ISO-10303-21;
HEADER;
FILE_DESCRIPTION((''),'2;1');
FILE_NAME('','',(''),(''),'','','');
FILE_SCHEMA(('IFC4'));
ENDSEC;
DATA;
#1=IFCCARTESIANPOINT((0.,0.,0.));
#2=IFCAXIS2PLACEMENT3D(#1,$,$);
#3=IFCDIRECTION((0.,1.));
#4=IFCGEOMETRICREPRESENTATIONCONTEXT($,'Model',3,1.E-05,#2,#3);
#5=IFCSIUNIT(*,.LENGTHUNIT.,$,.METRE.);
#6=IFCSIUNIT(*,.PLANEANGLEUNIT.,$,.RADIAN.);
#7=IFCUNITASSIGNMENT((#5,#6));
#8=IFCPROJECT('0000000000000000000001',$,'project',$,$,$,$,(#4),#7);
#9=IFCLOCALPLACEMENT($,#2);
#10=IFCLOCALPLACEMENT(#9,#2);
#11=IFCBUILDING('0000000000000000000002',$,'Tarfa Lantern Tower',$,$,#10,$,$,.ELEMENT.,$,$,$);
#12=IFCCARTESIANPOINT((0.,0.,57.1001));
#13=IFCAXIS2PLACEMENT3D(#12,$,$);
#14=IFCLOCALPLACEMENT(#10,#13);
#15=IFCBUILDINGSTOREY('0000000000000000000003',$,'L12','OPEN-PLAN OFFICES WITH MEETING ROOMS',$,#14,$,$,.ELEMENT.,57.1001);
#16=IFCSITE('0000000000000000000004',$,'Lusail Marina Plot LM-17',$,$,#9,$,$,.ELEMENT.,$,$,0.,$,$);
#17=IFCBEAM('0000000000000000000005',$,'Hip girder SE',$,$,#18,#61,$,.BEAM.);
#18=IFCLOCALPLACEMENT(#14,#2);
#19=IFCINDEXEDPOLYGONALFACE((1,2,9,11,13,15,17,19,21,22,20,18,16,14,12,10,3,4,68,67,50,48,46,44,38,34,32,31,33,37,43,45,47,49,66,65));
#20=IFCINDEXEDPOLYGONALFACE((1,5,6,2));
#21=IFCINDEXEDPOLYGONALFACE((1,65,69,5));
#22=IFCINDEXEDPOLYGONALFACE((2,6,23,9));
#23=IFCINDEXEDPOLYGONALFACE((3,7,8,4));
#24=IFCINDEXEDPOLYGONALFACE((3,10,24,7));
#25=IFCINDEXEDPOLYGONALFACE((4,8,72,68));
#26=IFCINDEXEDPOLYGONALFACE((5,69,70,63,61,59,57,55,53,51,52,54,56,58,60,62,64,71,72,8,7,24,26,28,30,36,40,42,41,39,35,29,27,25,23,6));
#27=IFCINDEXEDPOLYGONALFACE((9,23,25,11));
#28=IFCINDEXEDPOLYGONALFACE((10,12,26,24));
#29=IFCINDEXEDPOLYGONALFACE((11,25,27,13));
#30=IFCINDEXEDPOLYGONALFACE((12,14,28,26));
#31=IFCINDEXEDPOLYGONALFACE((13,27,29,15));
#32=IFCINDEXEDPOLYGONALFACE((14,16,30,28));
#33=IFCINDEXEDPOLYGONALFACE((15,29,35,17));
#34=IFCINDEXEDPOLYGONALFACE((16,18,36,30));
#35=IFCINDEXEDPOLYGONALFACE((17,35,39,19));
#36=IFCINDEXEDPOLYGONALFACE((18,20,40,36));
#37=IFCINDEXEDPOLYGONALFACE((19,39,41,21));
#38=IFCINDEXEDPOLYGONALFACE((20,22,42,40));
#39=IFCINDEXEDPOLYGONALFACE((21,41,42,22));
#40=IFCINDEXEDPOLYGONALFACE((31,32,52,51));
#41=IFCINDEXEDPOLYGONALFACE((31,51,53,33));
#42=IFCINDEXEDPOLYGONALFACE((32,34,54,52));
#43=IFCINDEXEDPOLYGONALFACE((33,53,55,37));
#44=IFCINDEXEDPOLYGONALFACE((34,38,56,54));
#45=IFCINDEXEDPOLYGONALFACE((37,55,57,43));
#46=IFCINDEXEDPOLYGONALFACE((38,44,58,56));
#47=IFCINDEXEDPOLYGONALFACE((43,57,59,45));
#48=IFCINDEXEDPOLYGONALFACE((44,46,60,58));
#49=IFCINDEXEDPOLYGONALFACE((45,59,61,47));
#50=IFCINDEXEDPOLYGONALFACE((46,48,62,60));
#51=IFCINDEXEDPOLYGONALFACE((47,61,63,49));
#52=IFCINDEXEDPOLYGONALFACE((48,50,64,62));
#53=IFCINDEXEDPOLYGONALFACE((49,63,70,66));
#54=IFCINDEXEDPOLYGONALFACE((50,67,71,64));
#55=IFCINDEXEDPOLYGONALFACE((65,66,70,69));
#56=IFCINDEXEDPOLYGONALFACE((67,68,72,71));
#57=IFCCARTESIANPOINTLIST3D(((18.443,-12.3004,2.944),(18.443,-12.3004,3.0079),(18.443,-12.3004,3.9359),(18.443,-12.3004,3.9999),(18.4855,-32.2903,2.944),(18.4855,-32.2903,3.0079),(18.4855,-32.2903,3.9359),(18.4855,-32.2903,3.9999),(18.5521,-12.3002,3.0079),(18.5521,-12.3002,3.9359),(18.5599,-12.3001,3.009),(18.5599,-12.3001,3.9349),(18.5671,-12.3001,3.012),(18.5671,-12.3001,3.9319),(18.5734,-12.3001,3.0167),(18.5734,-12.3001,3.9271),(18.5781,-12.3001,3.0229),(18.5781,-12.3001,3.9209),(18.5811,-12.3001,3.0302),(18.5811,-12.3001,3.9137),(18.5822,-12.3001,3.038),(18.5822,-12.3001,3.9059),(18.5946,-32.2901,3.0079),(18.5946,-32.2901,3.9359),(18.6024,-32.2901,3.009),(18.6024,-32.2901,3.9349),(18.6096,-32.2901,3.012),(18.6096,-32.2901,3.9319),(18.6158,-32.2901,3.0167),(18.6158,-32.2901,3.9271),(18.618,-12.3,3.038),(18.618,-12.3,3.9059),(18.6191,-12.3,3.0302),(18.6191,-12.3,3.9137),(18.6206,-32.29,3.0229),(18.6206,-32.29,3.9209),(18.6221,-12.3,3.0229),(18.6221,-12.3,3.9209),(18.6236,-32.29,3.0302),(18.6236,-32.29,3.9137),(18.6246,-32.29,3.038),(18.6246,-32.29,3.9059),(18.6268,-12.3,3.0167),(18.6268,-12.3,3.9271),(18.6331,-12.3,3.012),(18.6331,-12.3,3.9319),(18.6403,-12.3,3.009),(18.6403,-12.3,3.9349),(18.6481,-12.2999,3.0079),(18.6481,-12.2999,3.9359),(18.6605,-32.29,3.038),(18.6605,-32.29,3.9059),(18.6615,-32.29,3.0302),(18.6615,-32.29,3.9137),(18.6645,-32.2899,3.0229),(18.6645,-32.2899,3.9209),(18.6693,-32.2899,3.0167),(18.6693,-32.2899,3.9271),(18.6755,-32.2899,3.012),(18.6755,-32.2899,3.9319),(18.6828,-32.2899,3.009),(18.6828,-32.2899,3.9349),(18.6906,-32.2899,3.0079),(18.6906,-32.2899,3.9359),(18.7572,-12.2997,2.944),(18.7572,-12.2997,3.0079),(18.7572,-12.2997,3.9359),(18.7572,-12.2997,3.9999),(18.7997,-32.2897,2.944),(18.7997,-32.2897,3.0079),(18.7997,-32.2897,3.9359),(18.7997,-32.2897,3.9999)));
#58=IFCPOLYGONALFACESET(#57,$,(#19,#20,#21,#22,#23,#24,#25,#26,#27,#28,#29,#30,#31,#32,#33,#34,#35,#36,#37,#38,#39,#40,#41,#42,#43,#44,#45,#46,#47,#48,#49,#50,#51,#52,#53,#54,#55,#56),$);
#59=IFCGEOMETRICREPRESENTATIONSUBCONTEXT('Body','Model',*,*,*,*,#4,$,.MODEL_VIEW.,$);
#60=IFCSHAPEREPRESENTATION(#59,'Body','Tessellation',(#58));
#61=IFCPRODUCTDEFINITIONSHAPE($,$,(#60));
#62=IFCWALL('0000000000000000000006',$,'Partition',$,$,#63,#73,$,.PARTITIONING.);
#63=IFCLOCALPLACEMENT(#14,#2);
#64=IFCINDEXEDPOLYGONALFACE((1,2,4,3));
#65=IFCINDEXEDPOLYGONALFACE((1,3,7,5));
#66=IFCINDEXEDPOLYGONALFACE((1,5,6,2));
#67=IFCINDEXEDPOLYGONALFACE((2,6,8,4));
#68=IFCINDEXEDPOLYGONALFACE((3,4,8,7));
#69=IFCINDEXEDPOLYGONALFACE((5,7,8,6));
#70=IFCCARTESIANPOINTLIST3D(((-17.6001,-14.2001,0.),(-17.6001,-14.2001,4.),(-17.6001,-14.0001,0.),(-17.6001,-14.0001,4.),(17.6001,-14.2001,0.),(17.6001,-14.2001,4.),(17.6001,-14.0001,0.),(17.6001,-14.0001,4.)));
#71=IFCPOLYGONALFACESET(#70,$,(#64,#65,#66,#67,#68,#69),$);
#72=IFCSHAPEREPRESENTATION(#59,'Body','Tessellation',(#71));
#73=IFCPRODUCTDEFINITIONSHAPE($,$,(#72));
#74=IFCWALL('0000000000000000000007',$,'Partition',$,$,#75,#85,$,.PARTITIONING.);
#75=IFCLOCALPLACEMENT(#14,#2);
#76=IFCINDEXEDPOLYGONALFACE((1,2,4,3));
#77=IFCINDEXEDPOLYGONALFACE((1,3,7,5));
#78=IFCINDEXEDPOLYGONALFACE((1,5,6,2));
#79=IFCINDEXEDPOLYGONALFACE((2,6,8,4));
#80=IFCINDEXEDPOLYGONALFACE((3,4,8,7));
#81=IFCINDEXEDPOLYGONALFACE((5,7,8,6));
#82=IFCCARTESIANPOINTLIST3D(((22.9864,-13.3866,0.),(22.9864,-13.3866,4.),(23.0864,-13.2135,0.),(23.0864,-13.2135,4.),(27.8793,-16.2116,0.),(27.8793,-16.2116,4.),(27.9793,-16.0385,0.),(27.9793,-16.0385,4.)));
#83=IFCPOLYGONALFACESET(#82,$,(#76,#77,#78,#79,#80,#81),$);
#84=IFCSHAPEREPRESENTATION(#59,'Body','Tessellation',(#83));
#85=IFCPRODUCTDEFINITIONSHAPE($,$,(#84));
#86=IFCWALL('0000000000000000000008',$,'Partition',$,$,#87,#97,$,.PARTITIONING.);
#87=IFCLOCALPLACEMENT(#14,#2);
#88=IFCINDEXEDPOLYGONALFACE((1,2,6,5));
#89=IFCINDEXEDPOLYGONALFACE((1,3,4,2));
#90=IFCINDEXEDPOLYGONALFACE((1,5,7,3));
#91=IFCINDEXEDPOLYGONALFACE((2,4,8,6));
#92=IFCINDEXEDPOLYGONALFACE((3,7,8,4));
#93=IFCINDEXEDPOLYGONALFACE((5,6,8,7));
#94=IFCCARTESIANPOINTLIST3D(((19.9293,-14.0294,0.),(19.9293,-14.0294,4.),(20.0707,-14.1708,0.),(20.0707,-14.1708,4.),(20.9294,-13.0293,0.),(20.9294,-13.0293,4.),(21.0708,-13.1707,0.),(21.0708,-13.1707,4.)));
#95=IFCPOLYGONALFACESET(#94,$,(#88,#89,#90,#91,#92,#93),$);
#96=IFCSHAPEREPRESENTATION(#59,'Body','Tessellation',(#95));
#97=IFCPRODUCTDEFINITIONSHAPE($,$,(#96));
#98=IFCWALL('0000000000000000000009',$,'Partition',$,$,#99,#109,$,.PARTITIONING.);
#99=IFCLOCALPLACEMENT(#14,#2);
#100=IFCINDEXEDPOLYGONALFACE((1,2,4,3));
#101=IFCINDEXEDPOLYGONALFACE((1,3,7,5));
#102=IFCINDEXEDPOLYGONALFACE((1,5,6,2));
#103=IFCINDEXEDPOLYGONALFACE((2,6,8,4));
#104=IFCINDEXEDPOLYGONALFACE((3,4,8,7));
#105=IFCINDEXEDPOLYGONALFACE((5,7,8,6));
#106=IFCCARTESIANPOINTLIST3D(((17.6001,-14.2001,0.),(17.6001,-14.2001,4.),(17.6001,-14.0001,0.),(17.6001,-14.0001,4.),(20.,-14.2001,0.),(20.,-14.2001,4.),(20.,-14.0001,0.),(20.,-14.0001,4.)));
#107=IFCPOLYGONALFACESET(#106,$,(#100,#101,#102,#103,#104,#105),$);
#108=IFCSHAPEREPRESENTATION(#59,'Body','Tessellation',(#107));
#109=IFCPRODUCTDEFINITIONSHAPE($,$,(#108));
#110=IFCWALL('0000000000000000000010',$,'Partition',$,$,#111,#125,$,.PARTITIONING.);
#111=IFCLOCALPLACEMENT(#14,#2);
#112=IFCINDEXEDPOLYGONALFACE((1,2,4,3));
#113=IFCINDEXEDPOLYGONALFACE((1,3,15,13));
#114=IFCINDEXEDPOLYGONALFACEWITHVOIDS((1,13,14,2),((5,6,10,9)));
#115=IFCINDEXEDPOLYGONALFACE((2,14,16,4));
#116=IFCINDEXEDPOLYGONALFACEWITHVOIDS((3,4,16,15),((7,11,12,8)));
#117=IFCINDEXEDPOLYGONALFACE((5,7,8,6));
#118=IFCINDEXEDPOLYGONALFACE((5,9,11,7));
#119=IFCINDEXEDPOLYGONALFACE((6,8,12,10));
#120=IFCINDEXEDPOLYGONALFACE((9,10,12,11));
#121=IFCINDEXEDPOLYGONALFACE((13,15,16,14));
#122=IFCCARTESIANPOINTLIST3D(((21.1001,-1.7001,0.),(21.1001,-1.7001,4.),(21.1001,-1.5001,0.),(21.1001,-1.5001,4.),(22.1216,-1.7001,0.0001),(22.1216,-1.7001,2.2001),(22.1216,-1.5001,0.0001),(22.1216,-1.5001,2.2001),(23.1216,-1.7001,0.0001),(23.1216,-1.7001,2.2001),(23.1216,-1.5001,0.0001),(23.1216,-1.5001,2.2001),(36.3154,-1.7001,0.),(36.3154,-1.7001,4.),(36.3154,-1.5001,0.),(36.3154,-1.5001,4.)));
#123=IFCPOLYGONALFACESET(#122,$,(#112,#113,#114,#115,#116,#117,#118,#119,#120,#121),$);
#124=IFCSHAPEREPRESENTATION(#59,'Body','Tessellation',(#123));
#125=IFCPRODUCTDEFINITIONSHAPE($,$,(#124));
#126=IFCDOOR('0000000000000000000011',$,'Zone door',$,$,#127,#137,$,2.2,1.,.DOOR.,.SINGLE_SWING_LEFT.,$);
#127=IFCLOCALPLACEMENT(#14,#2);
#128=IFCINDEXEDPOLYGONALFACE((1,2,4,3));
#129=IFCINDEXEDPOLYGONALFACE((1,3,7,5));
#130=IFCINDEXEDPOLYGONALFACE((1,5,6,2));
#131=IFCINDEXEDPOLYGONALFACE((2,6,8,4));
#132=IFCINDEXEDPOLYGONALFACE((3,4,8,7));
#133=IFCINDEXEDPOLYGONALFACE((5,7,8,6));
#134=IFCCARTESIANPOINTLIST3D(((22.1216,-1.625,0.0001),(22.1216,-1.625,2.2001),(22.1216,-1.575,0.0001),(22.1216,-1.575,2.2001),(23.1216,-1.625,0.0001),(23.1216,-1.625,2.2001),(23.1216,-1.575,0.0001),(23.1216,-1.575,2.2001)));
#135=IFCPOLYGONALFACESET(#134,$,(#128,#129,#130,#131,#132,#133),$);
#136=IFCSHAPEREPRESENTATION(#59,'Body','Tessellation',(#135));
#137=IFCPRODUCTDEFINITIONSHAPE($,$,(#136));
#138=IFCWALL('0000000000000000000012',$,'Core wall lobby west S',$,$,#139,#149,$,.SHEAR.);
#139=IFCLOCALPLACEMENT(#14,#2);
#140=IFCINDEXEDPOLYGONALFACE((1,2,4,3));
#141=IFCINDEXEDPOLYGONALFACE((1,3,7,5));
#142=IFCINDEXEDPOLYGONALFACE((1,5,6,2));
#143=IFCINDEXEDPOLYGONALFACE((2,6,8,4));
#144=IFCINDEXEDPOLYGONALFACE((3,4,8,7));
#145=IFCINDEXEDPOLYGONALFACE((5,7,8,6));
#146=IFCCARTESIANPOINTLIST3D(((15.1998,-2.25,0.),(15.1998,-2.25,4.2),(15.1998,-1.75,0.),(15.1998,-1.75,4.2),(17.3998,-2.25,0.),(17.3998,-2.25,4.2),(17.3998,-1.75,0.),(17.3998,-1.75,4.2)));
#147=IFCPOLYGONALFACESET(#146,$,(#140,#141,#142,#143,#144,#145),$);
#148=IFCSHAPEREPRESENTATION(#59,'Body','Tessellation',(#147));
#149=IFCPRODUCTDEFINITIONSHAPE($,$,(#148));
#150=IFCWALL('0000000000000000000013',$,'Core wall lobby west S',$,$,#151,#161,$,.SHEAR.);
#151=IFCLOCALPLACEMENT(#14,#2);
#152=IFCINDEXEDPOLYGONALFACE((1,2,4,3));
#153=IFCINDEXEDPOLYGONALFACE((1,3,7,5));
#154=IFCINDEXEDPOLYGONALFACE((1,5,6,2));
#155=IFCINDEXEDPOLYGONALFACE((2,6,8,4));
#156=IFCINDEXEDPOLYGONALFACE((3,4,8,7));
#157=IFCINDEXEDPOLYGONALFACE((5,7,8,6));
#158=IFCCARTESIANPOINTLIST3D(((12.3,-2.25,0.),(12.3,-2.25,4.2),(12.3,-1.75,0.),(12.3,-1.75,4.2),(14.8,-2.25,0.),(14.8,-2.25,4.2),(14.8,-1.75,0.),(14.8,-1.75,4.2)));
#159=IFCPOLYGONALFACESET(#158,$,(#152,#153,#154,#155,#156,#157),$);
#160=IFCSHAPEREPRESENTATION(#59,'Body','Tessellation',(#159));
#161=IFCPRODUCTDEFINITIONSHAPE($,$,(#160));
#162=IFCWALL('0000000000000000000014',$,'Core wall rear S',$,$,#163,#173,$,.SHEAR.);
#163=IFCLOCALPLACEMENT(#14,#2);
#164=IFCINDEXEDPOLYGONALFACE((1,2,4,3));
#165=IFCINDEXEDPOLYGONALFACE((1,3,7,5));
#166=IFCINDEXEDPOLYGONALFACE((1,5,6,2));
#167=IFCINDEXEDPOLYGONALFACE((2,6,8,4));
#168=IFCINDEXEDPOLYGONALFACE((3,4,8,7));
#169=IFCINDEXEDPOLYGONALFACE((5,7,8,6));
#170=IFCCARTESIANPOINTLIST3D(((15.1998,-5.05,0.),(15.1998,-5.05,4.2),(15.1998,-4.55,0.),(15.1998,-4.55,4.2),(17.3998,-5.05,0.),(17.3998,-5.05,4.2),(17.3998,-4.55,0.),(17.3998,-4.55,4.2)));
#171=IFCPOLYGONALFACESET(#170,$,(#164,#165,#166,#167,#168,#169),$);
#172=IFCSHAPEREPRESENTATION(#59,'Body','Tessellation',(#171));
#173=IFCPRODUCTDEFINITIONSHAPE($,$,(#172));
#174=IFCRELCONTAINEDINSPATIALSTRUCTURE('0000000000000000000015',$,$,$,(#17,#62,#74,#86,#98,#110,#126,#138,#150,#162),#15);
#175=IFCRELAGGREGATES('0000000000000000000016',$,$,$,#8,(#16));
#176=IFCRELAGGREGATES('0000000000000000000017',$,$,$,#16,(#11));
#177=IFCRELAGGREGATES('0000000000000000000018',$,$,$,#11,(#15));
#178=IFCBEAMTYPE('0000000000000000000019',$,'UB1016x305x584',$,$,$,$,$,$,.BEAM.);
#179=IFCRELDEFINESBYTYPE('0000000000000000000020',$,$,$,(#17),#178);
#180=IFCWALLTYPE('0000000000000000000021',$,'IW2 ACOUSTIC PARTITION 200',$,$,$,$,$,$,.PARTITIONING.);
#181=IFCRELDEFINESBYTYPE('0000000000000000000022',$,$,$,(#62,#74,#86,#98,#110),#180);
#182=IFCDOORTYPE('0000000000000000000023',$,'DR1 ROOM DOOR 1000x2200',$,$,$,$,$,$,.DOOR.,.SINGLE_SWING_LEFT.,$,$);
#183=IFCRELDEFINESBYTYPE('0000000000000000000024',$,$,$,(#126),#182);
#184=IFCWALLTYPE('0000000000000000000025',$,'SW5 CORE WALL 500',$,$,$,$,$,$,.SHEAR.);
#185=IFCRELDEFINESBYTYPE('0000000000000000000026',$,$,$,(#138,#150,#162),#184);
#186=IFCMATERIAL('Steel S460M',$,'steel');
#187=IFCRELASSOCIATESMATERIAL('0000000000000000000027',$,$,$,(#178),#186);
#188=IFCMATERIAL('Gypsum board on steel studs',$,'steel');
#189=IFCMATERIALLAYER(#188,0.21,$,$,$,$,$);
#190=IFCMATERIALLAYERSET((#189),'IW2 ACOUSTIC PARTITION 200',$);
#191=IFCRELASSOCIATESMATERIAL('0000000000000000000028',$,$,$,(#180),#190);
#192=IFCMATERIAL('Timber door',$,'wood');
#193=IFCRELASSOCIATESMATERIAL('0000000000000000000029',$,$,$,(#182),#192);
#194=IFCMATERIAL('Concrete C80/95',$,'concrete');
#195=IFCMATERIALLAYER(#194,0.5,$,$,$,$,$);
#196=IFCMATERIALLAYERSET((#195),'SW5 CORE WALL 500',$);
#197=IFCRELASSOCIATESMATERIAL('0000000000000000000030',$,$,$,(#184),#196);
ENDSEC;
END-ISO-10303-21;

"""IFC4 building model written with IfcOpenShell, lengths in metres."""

from ifc_helpers import new_model, si_unit, direction, frame, frame_2d, origin, origin_2d, place, context, subcontext, project, spatial, rectangle, i_section, extrude, material, layer, layer_set, material_profile, profile_set, type_object, element, fill, save


model = new_model("IFC4")

# Units and contexts
model_context = context("Model", 3, precision=1e-05, world=origin(), true_north=direction((0.0, 1.0)))
body_context = subcontext(model_context, "Body", "Model", "MODEL_VIEW")
ifc_project = project(units=[si_unit("LENGTHUNIT", "METRE"), si_unit("PLANEANGLEUNIT", "RADIAN")], contexts=[model_context])

# Site, building, storey
site_placement = place(None, origin())
site = spatial("IfcSite", under=ifc_project, at=site_placement, Name="Lusail Marina Plot LM-17", CompositionType="ELEMENT", RefElevation=0.0)
building_placement = place(site_placement, origin())
building = spatial("IfcBuilding", under=site, at=building_placement, Name="Tarfa Lantern Tower", CompositionType="ELEMENT")
storey_placement = place(building_placement, frame((0.0, 0.0, 57.1001)))
storey = spatial("IfcBuildingStorey", under=building, at=storey_placement, Name="L12", Description="OPEN-PLAN OFFICES WITH MEETING ROOMS", CompositionType="ELEMENT", Elevation=57.1001)

# Beam
ifc_material_1 = material(Name="Steel S460M", Category="steel")
ifc_material_profile = material_profile(ifc_material_1, i_section(OverallWidth=0.3142, OverallDepth=1.0559, WebThickness=0.0359, FlangeThickness=0.064, FilletRadius=0.03, at=origin_2d()), Name="UB1016x305x584")
ifc_profile_set = profile_set([ifc_material_profile], Name="Steel S460M")
beam_type = type_object("IfcBeamType", Name="UB1016x305x584", PredefinedType="BEAM", material=ifc_profile_set)
beam_placement = place(storey_placement, frame((18.6001, -12.3, 3.4719), z_axis=(0.002125, -0.999998, 0.0), x_axis=(0.999998, 0.002125, 0.0)))
element("IfcBeam", 1, at=beam_placement, inside=storey, type_object=beam_type, Name="Hip girder SE", PredefinedType="BEAM", context=body_context, shape_type="SweptSolid", body=[
    extrude(i_section(OverallWidth=0.3142, OverallDepth=1.0559, WebThickness=0.0359, FlangeThickness=0.064, FilletRadius=0.03, at=origin_2d()), origin(), (0.0, 0.0, 1.0), 19.99),
])

# Walls
ifc_material_2 = material(Name="Gypsum board on steel studs", Category="steel")
ifc_layer_1 = layer(ifc_material_2, 0.21)
ifc_layer_set_1 = layer_set([ifc_layer_1], Name="IW2 ACOUSTIC PARTITION 200")
wall_type_1 = type_object("IfcWallType", Name="IW2 ACOUSTIC PARTITION 200", PredefinedType="PARTITIONING", material=ifc_layer_set_1)
wall_1_placement = place(storey_placement, frame((17.6001, -14.1001, 0.0), z_axis=(0.0, 0.0, 1.0), x_axis=(-1.0, 0.0, 0.0)))
element("IfcWall", 2, at=wall_1_placement, inside=storey, type_object=wall_type_1, Name="Partition", PredefinedType="PARTITIONING", context=body_context, shape_type="SweptSolid", body=[
    extrude(rectangle(XDim=35.2002, YDim=0.2, at=frame_2d((17.6001, 0.0))), origin(), (0.0, 0.0, 1.0), 4.0),
])
wall_2_placement = place(storey_placement, frame((23.0364, -13.3, 0.0), z_axis=(0.0, 0.0, 1.0), x_axis=(0.866019, -0.50001, 0.0)))
element("IfcWall", 3, at=wall_2_placement, inside=storey, type_object=wall_type_1, Name="Partition", PredefinedType="PARTITIONING", context=body_context, shape_type="SweptSolid", body=[
    extrude(rectangle(XDim=5.6499, YDim=0.2, at=frame_2d((2.825, 0.0))), origin(), (0.0, 0.0, 1.0), 4.0),
])
wall_3_placement = place(storey_placement, frame((21.0, -13.1001, 0.0), z_axis=(0.0, 0.0, 1.0), x_axis=(-0.707107, -0.707107, 0.0)))
element("IfcWall", 4, at=wall_3_placement, inside=storey, type_object=wall_type_1, Name="Partition", PredefinedType="PARTITIONING", context=body_context, shape_type="SweptSolid", body=[
    extrude(rectangle(XDim=1.4143, YDim=0.2, at=frame_2d((0.707, 0.0))), origin(), (0.0, 0.0, 1.0), 4.0),
])
wall_4_placement = place(storey_placement, frame((20.0, -14.1001, 0.0), z_axis=(0.0, 0.0, 1.0), x_axis=(-1.0, 0.0, 0.0)))
element("IfcWall", 5, at=wall_4_placement, inside=storey, type_object=wall_type_1, Name="Partition", PredefinedType="PARTITIONING", context=body_context, shape_type="SweptSolid", body=[
    extrude(rectangle(XDim=2.3999, YDim=0.2, at=frame_2d((1.2, 0.0))), origin(), (0.0, 0.0, 1.0), 4.0),
])

# Wall, opening, door
wall_5_placement = place(storey_placement, frame((21.1001, -1.6001, 0.0), z_axis=(0.0, 0.0, 1.0), x_axis=(1.0, 0.0, 0.0)))
wall_5 = element("IfcWall", 6, at=wall_5_placement, inside=storey, type_object=wall_type_1, Name="Partition", PredefinedType="PARTITIONING", context=body_context, shape_type="SweptSolid", body=[
    extrude(rectangle(XDim=15.2153, YDim=0.2, at=frame_2d((7.6077, 0.0))), origin(), (0.0, 0.0, 1.0), 4.0),
])
opening_1_placement = place(wall_5_placement, frame((1.0215, 0.0, 0.0)))
opening_1 = element("IfcOpeningElement", 7, at=opening_1_placement, cuts=wall_5, PredefinedType="OPENING", context=body_context, shape_type="SweptSolid", body=[
    extrude(rectangle(XDim=1.0, YDim=2.2, at=frame_2d((0.5, 1.1001))), frame((0.0, 0.1099, 0.0), z_axis=(0.0, -1.0, 0.0), x_axis=(1.0, 0.0, 0.0)), (0.0, 0.0, 1.0), 0.22),
])
ifc_material_3 = material(Name="Timber door", Category="wood")
door_type_1 = type_object("IfcDoorType", Name="DR1 ROOM DOOR 1000x2200", OperationType="SINGLE_SWING_LEFT", PredefinedType="DOOR", material=ifc_material_3)
door_1_placement = place(opening_1_placement, frame((1.0, 0.0, 0.0), z_axis=(0.0, 0.0, 1.0), x_axis=(-1.0, 0.0, 0.0)))
door_1 = element("IfcDoor", 8, at=door_1_placement, inside=storey, type_object=door_type_1, Name="Zone door", OperationType="SINGLE_SWING_LEFT", OverallHeight=2.2, OverallWidth=1.0, PredefinedType="DOOR", context=body_context, shape_type="SweptSolid", body=[
    extrude(rectangle(XDim=1.0, YDim=2.2, at=frame_2d((0.5, 1.1001))), frame((0.0, 0.0249, 0.0), z_axis=(0.0, -1.0, 0.0), x_axis=(1.0, 0.0, 0.0)), (0.0, 0.0, 1.0), 0.05),
])
fill(opening_1, door_1)
ifc_material_4 = material(Name="Concrete C80/95", Category="concrete")

# Walls
ifc_layer_2 = layer(ifc_material_4, 0.5)
ifc_layer_set_2 = layer_set([ifc_layer_2], Name="SW5 CORE WALL 500")
wall_type_2 = type_object("IfcWallType", Name="SW5 CORE WALL 500", PredefinedType="SHEAR", material=ifc_layer_set_2)
wall_6_placement = place(storey_placement, frame((17.3999, -2.0, 0.0), z_axis=(0.0, 0.0, 1.0), x_axis=(-1.0, 0.0, 0.0)))
element("IfcWall", 9, at=wall_6_placement, inside=storey, type_object=wall_type_2, Name="Core wall lobby west S", PredefinedType="SHEAR", context=body_context, shape_type="SweptSolid", body=[
    extrude(rectangle(XDim=2.2, YDim=0.5, at=frame_2d((1.1001, 0.0))), origin(), (0.0, 0.0, 1.0), 4.2),
])
wall_7_placement = place(storey_placement, frame((14.8, -2.0, 0.0), z_axis=(0.0, 0.0, 1.0), x_axis=(-1.0, 0.0, 0.0)))
element("IfcWall", 10, at=wall_7_placement, inside=storey, type_object=wall_type_2, Name="Core wall lobby west S", PredefinedType="SHEAR", context=body_context, shape_type="SweptSolid", body=[
    extrude(rectangle(XDim=2.5, YDim=0.5, at=frame_2d((1.25, 0.0))), origin(), (0.0, 0.0, 1.0), 4.2),
])
wall_8_placement = place(storey_placement, frame((17.3999, -4.8, 0.0), z_axis=(0.0, 0.0, 1.0), x_axis=(-1.0, 0.0, 0.0)))
element("IfcWall", 11, at=wall_8_placement, inside=storey, type_object=wall_type_2, Name="Core wall rear S", PredefinedType="SHEAR", context=body_context, shape_type="SweptSolid", body=[
    extrude(rectangle(XDim=2.2, YDim=0.5, at=frame_2d((1.1001, 0.0))), origin(), (0.0, 0.0, 1.0), 4.2),
])

save(model, "model.ifc")
